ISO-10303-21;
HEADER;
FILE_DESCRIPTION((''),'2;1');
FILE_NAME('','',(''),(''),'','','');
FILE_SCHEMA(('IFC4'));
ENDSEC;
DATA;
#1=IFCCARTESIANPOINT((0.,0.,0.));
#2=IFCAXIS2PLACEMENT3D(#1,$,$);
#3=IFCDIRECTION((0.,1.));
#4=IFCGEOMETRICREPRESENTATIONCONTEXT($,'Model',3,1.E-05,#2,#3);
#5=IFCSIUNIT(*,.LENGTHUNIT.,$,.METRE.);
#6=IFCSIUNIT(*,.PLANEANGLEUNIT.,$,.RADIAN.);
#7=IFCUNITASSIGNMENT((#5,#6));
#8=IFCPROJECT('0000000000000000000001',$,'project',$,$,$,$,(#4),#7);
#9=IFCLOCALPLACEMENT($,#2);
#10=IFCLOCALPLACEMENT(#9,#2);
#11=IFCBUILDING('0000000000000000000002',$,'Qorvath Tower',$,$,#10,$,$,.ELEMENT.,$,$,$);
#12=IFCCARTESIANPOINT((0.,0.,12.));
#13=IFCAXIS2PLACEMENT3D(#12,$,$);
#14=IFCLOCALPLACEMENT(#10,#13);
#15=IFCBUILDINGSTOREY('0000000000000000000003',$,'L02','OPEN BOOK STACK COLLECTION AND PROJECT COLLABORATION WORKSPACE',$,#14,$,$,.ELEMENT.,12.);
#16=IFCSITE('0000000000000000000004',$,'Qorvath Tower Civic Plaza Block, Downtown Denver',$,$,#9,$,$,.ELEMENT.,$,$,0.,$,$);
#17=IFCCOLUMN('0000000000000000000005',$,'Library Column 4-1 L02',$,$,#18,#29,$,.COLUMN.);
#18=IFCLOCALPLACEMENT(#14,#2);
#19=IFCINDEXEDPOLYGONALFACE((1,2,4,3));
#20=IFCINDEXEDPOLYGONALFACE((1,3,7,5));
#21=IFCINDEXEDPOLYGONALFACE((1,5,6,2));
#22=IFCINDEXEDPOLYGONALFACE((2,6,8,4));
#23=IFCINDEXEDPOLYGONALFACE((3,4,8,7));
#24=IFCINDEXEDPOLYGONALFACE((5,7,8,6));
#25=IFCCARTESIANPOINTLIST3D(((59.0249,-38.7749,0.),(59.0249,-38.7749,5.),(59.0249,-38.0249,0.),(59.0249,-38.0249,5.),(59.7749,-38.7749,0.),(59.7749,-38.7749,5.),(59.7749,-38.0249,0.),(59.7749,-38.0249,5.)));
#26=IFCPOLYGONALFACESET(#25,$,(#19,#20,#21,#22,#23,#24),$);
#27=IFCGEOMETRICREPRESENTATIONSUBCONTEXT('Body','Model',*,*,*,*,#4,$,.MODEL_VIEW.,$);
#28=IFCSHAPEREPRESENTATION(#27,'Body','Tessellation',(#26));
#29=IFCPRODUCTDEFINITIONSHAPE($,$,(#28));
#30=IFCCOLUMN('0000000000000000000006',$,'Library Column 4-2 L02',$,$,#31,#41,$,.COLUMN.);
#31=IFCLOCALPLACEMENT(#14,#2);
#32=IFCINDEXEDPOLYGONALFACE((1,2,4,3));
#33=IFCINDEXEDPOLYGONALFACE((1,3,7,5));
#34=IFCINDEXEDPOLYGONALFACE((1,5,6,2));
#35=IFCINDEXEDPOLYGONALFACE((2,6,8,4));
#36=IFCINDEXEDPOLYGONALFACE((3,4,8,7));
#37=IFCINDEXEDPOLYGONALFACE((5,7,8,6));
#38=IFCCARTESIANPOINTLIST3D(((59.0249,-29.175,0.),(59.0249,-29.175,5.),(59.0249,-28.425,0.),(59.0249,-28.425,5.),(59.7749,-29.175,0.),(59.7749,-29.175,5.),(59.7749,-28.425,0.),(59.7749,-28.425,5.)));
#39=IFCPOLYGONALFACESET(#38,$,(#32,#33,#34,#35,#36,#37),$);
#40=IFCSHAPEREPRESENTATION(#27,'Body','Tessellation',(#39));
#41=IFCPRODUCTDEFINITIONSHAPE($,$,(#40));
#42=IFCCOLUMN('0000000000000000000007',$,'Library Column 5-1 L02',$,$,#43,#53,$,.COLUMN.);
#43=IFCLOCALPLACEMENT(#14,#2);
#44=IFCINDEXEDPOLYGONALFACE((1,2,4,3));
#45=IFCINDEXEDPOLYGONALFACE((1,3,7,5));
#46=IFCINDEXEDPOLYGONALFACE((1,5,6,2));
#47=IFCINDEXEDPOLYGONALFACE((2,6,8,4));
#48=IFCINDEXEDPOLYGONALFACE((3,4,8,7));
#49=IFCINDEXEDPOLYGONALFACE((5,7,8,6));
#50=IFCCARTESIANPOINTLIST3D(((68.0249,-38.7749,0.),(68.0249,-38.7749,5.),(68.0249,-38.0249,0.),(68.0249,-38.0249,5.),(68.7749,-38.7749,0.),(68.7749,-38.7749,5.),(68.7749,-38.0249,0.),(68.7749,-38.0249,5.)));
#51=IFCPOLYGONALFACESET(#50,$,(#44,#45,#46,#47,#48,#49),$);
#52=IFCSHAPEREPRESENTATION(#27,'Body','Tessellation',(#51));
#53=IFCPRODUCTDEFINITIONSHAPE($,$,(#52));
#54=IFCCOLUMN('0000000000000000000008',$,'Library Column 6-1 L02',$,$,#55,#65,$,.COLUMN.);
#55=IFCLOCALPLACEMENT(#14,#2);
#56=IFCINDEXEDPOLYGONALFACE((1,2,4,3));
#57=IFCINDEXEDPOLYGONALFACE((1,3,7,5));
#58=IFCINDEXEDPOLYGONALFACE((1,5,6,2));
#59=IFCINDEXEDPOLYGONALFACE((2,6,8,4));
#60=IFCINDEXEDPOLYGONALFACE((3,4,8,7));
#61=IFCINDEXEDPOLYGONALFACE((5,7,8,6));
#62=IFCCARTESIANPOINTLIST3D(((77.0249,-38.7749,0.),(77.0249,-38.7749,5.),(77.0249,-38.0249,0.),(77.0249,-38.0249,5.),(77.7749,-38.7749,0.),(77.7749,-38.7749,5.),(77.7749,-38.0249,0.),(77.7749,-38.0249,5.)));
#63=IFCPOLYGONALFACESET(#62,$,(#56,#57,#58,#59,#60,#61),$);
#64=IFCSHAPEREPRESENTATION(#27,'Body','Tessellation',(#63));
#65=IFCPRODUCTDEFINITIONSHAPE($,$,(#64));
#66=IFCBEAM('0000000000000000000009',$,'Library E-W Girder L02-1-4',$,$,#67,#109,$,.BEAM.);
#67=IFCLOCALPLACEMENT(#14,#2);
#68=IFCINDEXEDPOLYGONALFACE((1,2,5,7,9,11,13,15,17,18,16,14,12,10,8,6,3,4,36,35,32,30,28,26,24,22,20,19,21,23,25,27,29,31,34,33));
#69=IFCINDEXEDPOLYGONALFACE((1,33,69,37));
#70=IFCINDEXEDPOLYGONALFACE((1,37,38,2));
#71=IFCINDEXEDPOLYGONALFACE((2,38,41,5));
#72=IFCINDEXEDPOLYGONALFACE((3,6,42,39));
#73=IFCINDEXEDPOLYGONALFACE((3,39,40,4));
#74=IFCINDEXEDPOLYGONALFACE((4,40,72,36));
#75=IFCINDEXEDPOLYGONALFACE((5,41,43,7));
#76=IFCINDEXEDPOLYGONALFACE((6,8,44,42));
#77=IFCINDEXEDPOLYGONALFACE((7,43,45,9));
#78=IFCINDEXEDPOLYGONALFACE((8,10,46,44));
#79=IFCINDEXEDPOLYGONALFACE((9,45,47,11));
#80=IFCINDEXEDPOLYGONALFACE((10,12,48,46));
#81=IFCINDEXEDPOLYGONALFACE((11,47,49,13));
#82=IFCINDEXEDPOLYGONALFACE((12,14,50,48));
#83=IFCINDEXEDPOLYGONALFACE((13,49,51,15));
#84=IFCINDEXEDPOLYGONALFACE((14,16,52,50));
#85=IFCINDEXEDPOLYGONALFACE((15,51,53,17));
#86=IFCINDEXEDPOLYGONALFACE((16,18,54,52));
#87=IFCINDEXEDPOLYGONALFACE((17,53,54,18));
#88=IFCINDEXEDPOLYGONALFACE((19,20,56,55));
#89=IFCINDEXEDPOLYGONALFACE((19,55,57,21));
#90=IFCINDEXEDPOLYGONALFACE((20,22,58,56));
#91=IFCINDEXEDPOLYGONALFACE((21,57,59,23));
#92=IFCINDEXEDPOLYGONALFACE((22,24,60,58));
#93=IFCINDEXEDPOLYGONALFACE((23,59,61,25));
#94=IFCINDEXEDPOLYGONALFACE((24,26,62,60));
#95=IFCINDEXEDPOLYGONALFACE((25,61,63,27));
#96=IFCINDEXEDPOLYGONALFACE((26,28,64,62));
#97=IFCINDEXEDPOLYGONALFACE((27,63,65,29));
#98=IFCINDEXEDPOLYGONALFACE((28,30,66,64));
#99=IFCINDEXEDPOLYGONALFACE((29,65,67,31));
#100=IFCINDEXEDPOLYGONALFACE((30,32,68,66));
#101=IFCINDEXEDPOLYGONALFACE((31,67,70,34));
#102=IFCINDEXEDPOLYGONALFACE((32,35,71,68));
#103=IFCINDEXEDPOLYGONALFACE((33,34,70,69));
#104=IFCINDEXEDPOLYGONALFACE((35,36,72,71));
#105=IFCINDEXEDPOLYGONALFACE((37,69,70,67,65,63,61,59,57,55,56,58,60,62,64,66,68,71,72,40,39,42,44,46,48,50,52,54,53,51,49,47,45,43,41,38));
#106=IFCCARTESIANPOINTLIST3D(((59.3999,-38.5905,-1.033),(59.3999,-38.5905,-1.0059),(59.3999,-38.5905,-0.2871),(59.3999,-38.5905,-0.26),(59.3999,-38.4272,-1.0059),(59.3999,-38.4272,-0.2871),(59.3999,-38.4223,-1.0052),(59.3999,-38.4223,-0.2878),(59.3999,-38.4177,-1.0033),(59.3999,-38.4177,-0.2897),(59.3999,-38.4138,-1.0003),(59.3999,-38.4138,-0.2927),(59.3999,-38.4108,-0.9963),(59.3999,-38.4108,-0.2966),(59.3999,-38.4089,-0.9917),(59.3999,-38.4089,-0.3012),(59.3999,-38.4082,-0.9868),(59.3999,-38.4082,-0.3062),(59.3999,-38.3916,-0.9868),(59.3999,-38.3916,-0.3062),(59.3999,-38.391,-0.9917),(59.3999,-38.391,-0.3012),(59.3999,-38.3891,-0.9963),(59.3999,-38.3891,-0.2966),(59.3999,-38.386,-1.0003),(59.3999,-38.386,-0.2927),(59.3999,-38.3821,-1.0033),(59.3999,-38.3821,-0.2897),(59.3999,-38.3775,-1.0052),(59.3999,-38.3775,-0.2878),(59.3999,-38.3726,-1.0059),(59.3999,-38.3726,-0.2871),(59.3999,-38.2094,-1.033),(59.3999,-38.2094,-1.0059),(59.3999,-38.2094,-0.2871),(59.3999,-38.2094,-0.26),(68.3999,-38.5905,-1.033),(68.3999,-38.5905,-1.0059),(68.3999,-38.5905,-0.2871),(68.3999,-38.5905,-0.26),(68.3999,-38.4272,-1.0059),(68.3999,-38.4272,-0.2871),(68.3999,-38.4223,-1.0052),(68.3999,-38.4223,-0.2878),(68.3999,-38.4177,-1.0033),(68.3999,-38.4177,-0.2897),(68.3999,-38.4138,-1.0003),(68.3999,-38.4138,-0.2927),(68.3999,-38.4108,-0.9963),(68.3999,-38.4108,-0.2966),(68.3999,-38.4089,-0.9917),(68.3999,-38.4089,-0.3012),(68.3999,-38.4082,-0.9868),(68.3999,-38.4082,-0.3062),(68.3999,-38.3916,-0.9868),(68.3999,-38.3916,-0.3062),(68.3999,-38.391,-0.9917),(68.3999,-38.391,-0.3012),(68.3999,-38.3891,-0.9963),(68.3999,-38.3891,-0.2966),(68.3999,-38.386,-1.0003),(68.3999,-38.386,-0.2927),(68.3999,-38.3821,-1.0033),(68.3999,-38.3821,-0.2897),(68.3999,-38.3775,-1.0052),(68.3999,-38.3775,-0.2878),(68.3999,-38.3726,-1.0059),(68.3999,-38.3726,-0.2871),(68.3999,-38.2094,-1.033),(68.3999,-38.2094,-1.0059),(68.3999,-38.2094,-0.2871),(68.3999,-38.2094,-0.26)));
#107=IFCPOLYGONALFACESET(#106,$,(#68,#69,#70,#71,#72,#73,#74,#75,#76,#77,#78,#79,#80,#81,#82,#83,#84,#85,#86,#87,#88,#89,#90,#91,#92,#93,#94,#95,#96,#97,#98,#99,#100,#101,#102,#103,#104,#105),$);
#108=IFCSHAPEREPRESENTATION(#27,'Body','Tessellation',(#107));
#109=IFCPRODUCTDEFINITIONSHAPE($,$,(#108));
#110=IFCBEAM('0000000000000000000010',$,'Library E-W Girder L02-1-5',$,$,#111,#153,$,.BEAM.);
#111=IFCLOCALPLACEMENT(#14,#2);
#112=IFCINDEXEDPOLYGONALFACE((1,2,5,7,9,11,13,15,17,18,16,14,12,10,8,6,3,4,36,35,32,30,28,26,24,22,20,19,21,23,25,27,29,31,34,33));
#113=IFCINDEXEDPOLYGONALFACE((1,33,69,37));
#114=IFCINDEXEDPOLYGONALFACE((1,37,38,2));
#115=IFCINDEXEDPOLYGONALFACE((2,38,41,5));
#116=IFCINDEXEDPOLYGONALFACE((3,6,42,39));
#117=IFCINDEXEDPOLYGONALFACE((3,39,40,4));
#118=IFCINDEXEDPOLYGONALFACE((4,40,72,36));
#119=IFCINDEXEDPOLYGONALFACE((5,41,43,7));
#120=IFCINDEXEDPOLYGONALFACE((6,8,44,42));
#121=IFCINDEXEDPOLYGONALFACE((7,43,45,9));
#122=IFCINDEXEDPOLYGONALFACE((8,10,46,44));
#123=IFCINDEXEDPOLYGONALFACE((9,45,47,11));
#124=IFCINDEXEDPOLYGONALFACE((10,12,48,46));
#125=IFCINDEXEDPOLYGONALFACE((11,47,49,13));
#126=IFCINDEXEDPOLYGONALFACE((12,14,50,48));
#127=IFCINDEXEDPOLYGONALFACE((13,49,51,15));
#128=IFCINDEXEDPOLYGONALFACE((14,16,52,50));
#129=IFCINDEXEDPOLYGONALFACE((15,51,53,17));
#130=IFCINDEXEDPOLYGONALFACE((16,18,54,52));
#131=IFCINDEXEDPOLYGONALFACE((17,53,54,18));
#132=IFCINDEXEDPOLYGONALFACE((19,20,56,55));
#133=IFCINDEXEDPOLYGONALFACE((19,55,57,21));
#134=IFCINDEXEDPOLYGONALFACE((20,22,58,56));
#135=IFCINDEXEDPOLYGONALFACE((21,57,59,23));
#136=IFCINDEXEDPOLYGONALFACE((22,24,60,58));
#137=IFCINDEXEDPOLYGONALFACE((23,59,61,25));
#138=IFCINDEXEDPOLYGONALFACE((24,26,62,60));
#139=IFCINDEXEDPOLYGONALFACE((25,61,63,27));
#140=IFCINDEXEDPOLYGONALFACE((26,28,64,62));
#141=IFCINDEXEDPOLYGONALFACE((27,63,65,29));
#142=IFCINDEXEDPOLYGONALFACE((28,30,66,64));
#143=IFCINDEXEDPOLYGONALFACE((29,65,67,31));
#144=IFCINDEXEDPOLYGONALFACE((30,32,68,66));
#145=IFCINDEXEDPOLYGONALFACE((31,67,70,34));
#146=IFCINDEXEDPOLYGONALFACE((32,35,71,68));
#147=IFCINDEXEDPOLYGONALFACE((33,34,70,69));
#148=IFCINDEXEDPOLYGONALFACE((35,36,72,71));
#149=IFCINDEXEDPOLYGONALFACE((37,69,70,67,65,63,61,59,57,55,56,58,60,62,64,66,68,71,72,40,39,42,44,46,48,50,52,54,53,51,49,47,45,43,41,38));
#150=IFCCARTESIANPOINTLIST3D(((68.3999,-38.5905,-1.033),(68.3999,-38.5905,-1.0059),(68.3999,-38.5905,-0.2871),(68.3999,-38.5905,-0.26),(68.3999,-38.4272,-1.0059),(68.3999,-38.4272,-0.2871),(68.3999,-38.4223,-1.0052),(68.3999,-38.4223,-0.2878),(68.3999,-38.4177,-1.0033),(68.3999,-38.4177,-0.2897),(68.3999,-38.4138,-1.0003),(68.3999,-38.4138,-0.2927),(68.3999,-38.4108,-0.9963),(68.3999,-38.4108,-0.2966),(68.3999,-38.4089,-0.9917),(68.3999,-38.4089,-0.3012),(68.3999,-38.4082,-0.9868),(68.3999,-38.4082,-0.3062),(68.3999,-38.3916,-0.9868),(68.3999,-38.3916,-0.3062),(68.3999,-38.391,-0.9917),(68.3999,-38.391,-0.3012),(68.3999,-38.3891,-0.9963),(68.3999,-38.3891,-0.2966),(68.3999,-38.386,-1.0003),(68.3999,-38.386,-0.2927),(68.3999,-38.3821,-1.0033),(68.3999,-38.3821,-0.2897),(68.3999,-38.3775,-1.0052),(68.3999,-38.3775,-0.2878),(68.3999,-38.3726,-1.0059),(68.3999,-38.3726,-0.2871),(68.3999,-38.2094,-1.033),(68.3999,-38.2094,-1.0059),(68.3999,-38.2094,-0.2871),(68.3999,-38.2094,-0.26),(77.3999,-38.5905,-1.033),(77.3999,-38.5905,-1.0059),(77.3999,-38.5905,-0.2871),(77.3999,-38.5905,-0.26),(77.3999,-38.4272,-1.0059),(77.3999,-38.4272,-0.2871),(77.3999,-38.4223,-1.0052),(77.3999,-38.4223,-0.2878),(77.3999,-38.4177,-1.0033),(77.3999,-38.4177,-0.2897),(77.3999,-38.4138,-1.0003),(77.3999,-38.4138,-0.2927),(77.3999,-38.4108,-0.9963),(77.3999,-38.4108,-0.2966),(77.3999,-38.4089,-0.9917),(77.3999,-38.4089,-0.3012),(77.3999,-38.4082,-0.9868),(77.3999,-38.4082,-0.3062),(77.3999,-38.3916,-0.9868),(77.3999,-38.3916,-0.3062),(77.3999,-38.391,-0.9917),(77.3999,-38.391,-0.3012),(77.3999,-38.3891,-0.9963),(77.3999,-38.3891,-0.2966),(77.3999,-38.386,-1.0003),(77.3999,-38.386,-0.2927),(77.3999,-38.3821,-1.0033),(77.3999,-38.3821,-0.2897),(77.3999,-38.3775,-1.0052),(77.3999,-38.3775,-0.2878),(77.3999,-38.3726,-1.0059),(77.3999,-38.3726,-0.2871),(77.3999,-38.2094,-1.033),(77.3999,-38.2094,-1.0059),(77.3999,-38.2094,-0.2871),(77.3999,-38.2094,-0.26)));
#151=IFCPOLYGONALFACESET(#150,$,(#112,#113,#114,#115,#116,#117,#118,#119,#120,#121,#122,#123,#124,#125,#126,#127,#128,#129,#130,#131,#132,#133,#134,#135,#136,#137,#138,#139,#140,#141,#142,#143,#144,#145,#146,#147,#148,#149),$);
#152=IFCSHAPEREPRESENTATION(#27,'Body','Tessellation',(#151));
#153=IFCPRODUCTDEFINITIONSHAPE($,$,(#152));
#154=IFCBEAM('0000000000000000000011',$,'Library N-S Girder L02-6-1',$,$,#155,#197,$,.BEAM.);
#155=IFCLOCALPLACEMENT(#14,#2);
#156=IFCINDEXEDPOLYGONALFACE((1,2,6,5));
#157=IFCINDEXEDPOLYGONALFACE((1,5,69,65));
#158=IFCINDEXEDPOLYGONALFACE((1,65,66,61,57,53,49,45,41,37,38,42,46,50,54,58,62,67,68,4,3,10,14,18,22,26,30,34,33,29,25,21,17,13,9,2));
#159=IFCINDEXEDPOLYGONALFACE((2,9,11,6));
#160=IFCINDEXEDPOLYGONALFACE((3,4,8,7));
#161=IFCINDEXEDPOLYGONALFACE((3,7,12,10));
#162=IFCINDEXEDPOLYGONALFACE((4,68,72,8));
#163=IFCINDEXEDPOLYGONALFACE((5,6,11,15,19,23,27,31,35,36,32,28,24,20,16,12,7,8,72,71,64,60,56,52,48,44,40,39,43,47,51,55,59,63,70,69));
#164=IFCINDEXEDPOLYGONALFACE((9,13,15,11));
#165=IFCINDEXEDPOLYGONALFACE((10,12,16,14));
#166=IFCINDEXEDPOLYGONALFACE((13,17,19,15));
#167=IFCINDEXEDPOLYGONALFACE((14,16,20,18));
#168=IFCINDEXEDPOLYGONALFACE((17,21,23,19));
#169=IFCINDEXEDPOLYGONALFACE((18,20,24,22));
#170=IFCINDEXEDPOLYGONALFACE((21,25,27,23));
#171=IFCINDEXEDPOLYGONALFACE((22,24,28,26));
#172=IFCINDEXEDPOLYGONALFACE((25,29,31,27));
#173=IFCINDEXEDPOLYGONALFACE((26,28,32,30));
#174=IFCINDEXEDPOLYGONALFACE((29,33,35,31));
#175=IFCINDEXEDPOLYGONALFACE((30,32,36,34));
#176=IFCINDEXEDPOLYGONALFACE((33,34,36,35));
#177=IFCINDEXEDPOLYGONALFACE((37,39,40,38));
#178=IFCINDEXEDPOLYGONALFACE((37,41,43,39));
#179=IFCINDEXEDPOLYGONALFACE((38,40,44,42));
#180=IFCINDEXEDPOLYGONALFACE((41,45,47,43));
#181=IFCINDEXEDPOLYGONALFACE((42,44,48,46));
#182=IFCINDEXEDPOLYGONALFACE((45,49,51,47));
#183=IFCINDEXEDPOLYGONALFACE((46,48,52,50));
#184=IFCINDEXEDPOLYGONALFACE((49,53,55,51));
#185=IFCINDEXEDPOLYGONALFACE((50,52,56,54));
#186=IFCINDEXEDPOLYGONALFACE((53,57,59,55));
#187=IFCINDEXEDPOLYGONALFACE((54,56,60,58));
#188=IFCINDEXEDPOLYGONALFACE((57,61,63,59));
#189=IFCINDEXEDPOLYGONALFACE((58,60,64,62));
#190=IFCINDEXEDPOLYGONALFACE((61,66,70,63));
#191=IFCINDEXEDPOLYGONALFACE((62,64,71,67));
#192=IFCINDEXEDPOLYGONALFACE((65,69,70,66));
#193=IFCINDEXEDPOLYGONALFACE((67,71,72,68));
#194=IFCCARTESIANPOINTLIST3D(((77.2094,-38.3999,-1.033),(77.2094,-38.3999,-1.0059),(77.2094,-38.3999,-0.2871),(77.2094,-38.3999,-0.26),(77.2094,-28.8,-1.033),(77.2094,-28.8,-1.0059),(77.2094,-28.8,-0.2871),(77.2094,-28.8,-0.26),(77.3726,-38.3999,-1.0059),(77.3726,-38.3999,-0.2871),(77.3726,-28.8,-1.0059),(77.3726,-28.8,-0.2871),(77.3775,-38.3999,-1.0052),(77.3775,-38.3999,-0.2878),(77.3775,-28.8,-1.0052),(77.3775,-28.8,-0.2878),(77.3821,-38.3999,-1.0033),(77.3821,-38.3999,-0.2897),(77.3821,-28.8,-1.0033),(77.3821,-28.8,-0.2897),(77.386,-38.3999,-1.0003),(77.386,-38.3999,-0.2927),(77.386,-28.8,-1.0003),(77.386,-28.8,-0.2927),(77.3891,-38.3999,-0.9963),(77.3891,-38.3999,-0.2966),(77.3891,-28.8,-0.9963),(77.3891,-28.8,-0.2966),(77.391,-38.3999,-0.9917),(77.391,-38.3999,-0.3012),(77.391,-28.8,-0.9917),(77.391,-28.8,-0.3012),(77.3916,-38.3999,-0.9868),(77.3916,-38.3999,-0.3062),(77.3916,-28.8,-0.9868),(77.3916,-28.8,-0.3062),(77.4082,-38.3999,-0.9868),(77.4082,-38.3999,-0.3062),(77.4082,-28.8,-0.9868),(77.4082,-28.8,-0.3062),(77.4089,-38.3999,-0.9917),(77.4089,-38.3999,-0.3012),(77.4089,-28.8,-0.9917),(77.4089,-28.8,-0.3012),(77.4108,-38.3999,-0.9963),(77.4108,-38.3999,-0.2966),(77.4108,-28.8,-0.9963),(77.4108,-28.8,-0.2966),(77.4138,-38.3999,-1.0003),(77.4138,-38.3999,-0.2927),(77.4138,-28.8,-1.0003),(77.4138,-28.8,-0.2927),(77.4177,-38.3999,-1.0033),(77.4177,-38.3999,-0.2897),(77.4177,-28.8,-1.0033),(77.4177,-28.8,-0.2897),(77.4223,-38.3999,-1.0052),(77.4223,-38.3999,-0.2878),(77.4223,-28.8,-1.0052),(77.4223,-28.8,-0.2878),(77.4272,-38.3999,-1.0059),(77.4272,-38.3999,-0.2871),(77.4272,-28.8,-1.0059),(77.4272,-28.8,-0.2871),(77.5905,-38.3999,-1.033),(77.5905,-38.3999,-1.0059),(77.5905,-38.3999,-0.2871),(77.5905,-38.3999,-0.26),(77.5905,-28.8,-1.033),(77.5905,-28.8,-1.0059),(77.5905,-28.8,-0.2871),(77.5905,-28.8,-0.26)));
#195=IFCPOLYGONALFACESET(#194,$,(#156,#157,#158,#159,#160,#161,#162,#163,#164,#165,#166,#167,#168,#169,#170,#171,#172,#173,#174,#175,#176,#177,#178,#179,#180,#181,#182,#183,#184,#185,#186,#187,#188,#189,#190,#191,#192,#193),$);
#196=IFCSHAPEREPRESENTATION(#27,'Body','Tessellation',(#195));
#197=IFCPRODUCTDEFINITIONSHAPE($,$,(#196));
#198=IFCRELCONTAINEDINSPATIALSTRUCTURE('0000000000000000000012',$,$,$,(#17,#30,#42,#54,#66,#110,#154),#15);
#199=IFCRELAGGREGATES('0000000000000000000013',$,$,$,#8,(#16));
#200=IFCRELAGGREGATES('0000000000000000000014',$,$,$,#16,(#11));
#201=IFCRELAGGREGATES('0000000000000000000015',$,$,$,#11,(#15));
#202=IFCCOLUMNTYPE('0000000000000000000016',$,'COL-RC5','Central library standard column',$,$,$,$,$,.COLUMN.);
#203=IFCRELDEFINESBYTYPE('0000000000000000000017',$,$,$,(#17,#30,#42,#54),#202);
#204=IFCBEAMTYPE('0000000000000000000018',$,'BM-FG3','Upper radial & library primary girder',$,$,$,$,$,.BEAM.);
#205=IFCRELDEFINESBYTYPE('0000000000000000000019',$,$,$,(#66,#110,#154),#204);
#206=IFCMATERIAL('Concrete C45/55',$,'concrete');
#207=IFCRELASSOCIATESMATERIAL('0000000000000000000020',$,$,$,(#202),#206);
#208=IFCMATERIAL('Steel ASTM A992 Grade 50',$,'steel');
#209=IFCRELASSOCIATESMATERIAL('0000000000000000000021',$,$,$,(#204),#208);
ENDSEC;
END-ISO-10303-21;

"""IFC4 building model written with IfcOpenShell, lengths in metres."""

from ifc_helpers import new_model, si_unit, direction, frame, origin, origin_2d, place, context, subcontext, project, spatial, rectangle, i_section, extrude, material, material_profile, profile_set, type_object, element, save


model = new_model("IFC4")

# Units and contexts
model_context = context("Model", 3, precision=1e-05, world=origin(), true_north=direction((0.0, 1.0)))
body_context = subcontext(model_context, "Body", "Model", "MODEL_VIEW")
ifc_project = project(units=[si_unit("LENGTHUNIT", "METRE"), si_unit("PLANEANGLEUNIT", "RADIAN")], contexts=[model_context])

# Site, building, storey
site_placement = place(None, origin())
site = spatial("IfcSite", under=ifc_project, at=site_placement, Name="Qorvath Tower Civic Plaza Block, Downtown Denver", CompositionType="ELEMENT", RefElevation=0.0)
building_placement = place(site_placement, origin())
building = spatial("IfcBuilding", under=site, at=building_placement, Name="Qorvath Tower", CompositionType="ELEMENT")
storey_placement = place(building_placement, frame((0.0, 0.0, 12.0)))
storey = spatial("IfcBuildingStorey", under=building, at=storey_placement, Name="L02", Description="OPEN BOOK STACK COLLECTION AND PROJECT COLLABORATION WORKSPACE", CompositionType="ELEMENT", Elevation=12.0)

# Columns
ifc_material_1 = material(Name="Concrete C45/55", Category="concrete")
ifc_material_profile_1 = material_profile(ifc_material_1, rectangle(XDim=0.75, YDim=0.75, at=origin_2d()), Name="RC 750x750")
ifc_profile_set_1 = profile_set([ifc_material_profile_1], Name="Concrete C45/55")
column_type = type_object("IfcColumnType", Name="COL-RC5", Description="Central library standard column", PredefinedType="COLUMN", material=ifc_profile_set_1)
for number, where, z_axis, x_axis, name in (
    (1, (59.3999, -38.3999, 0.0), (0.0, 0.0, 1.0), (1.0, 0.0, 0.0), "Library Column 4-1 L02"),
    (2, (59.3999, -28.8, 0.0), (0.0, 0.0, 1.0), (1.0, 0.0, 0.0), "Library Column 4-2 L02"),
    (3, (68.3999, -38.3999, 0.0), (0.0, 0.0, 1.0), (1.0, 0.0, 0.0), "Library Column 5-1 L02"),
    (4, (77.3999, -38.3999, 0.0), (0.0, 0.0, 1.0), (1.0, 0.0, 0.0), "Library Column 6-1 L02"),
):
    element("IfcColumn", number, at=place(storey_placement, frame(where, z_axis=z_axis, x_axis=x_axis)), inside=storey, type_object=column_type, Name=name, PredefinedType="COLUMN", context=body_context, shape_type="SweptSolid", body=[
        extrude(rectangle(XDim=0.75, YDim=0.75, at=origin_2d()), origin(), (0.0, 0.0, 1.0), 5.0),
    ])

# Beams
ifc_material_2 = material(Name="Steel ASTM A992 Grade 50", Category="steel")
ifc_material_profile_2 = material_profile(ifc_material_2, i_section(OverallWidth=0.3811, OverallDepth=0.7729, WebThickness=0.0166, FlangeThickness=0.0271, FilletRadius=0.019, at=origin_2d()), Name="W30x173")
ifc_profile_set_2 = profile_set([ifc_material_profile_2], Name="Steel ASTM A992 Grade 50")
beam_type_1 = type_object("IfcBeamType", Name="BM-FG3", Description="Upper radial & library primary girder", PredefinedType="BEAM", material=ifc_profile_set_2)
for number, where, z_axis, x_axis, name in (
    (5, (59.3999, -38.3999, -0.6465), (1.0, 0.0, 0.0), (0.0, 1.0, 0.0), "Library E-W Girder L02-1-4"),
    (6, (68.3999, -38.3999, -0.6465), (1.0, 0.0, 0.0), (0.0, 1.0, 0.0), "Library E-W Girder L02-1-5"),
):
    element("IfcBeam", number, at=place(storey_placement, frame(where, z_axis=z_axis, x_axis=x_axis)), inside=storey, type_object=beam_type_1, Name=name, PredefinedType="BEAM", context=body_context, shape_type="SweptSolid", body=[
        extrude(i_section(OverallWidth=0.3811, OverallDepth=0.7729, WebThickness=0.0166, FlangeThickness=0.0271, FilletRadius=0.019, at=origin_2d()), origin(), (0.0, 0.0, 1.0), 9.0),
    ])
beam_1_placement = place(storey_placement, frame((77.3999, -38.3999, -0.6465), z_axis=(0.0, 1.0, 0.0), x_axis=(-1.0, 0.0, 0.0)))
element("IfcBeam", 7, at=beam_1_placement, inside=storey, type_object=beam_type_1, Name="Library N-S Girder L02-6-1", PredefinedType="BEAM", context=body_context, shape_type="SweptSolid", body=[
    extrude(i_section(OverallWidth=0.3811, OverallDepth=0.7729, WebThickness=0.0166, FlangeThickness=0.0271, FilletRadius=0.019, at=origin_2d()), origin(), (0.0, 0.0, 1.0), 9.5999),
])

save(model, "model.ifc")
